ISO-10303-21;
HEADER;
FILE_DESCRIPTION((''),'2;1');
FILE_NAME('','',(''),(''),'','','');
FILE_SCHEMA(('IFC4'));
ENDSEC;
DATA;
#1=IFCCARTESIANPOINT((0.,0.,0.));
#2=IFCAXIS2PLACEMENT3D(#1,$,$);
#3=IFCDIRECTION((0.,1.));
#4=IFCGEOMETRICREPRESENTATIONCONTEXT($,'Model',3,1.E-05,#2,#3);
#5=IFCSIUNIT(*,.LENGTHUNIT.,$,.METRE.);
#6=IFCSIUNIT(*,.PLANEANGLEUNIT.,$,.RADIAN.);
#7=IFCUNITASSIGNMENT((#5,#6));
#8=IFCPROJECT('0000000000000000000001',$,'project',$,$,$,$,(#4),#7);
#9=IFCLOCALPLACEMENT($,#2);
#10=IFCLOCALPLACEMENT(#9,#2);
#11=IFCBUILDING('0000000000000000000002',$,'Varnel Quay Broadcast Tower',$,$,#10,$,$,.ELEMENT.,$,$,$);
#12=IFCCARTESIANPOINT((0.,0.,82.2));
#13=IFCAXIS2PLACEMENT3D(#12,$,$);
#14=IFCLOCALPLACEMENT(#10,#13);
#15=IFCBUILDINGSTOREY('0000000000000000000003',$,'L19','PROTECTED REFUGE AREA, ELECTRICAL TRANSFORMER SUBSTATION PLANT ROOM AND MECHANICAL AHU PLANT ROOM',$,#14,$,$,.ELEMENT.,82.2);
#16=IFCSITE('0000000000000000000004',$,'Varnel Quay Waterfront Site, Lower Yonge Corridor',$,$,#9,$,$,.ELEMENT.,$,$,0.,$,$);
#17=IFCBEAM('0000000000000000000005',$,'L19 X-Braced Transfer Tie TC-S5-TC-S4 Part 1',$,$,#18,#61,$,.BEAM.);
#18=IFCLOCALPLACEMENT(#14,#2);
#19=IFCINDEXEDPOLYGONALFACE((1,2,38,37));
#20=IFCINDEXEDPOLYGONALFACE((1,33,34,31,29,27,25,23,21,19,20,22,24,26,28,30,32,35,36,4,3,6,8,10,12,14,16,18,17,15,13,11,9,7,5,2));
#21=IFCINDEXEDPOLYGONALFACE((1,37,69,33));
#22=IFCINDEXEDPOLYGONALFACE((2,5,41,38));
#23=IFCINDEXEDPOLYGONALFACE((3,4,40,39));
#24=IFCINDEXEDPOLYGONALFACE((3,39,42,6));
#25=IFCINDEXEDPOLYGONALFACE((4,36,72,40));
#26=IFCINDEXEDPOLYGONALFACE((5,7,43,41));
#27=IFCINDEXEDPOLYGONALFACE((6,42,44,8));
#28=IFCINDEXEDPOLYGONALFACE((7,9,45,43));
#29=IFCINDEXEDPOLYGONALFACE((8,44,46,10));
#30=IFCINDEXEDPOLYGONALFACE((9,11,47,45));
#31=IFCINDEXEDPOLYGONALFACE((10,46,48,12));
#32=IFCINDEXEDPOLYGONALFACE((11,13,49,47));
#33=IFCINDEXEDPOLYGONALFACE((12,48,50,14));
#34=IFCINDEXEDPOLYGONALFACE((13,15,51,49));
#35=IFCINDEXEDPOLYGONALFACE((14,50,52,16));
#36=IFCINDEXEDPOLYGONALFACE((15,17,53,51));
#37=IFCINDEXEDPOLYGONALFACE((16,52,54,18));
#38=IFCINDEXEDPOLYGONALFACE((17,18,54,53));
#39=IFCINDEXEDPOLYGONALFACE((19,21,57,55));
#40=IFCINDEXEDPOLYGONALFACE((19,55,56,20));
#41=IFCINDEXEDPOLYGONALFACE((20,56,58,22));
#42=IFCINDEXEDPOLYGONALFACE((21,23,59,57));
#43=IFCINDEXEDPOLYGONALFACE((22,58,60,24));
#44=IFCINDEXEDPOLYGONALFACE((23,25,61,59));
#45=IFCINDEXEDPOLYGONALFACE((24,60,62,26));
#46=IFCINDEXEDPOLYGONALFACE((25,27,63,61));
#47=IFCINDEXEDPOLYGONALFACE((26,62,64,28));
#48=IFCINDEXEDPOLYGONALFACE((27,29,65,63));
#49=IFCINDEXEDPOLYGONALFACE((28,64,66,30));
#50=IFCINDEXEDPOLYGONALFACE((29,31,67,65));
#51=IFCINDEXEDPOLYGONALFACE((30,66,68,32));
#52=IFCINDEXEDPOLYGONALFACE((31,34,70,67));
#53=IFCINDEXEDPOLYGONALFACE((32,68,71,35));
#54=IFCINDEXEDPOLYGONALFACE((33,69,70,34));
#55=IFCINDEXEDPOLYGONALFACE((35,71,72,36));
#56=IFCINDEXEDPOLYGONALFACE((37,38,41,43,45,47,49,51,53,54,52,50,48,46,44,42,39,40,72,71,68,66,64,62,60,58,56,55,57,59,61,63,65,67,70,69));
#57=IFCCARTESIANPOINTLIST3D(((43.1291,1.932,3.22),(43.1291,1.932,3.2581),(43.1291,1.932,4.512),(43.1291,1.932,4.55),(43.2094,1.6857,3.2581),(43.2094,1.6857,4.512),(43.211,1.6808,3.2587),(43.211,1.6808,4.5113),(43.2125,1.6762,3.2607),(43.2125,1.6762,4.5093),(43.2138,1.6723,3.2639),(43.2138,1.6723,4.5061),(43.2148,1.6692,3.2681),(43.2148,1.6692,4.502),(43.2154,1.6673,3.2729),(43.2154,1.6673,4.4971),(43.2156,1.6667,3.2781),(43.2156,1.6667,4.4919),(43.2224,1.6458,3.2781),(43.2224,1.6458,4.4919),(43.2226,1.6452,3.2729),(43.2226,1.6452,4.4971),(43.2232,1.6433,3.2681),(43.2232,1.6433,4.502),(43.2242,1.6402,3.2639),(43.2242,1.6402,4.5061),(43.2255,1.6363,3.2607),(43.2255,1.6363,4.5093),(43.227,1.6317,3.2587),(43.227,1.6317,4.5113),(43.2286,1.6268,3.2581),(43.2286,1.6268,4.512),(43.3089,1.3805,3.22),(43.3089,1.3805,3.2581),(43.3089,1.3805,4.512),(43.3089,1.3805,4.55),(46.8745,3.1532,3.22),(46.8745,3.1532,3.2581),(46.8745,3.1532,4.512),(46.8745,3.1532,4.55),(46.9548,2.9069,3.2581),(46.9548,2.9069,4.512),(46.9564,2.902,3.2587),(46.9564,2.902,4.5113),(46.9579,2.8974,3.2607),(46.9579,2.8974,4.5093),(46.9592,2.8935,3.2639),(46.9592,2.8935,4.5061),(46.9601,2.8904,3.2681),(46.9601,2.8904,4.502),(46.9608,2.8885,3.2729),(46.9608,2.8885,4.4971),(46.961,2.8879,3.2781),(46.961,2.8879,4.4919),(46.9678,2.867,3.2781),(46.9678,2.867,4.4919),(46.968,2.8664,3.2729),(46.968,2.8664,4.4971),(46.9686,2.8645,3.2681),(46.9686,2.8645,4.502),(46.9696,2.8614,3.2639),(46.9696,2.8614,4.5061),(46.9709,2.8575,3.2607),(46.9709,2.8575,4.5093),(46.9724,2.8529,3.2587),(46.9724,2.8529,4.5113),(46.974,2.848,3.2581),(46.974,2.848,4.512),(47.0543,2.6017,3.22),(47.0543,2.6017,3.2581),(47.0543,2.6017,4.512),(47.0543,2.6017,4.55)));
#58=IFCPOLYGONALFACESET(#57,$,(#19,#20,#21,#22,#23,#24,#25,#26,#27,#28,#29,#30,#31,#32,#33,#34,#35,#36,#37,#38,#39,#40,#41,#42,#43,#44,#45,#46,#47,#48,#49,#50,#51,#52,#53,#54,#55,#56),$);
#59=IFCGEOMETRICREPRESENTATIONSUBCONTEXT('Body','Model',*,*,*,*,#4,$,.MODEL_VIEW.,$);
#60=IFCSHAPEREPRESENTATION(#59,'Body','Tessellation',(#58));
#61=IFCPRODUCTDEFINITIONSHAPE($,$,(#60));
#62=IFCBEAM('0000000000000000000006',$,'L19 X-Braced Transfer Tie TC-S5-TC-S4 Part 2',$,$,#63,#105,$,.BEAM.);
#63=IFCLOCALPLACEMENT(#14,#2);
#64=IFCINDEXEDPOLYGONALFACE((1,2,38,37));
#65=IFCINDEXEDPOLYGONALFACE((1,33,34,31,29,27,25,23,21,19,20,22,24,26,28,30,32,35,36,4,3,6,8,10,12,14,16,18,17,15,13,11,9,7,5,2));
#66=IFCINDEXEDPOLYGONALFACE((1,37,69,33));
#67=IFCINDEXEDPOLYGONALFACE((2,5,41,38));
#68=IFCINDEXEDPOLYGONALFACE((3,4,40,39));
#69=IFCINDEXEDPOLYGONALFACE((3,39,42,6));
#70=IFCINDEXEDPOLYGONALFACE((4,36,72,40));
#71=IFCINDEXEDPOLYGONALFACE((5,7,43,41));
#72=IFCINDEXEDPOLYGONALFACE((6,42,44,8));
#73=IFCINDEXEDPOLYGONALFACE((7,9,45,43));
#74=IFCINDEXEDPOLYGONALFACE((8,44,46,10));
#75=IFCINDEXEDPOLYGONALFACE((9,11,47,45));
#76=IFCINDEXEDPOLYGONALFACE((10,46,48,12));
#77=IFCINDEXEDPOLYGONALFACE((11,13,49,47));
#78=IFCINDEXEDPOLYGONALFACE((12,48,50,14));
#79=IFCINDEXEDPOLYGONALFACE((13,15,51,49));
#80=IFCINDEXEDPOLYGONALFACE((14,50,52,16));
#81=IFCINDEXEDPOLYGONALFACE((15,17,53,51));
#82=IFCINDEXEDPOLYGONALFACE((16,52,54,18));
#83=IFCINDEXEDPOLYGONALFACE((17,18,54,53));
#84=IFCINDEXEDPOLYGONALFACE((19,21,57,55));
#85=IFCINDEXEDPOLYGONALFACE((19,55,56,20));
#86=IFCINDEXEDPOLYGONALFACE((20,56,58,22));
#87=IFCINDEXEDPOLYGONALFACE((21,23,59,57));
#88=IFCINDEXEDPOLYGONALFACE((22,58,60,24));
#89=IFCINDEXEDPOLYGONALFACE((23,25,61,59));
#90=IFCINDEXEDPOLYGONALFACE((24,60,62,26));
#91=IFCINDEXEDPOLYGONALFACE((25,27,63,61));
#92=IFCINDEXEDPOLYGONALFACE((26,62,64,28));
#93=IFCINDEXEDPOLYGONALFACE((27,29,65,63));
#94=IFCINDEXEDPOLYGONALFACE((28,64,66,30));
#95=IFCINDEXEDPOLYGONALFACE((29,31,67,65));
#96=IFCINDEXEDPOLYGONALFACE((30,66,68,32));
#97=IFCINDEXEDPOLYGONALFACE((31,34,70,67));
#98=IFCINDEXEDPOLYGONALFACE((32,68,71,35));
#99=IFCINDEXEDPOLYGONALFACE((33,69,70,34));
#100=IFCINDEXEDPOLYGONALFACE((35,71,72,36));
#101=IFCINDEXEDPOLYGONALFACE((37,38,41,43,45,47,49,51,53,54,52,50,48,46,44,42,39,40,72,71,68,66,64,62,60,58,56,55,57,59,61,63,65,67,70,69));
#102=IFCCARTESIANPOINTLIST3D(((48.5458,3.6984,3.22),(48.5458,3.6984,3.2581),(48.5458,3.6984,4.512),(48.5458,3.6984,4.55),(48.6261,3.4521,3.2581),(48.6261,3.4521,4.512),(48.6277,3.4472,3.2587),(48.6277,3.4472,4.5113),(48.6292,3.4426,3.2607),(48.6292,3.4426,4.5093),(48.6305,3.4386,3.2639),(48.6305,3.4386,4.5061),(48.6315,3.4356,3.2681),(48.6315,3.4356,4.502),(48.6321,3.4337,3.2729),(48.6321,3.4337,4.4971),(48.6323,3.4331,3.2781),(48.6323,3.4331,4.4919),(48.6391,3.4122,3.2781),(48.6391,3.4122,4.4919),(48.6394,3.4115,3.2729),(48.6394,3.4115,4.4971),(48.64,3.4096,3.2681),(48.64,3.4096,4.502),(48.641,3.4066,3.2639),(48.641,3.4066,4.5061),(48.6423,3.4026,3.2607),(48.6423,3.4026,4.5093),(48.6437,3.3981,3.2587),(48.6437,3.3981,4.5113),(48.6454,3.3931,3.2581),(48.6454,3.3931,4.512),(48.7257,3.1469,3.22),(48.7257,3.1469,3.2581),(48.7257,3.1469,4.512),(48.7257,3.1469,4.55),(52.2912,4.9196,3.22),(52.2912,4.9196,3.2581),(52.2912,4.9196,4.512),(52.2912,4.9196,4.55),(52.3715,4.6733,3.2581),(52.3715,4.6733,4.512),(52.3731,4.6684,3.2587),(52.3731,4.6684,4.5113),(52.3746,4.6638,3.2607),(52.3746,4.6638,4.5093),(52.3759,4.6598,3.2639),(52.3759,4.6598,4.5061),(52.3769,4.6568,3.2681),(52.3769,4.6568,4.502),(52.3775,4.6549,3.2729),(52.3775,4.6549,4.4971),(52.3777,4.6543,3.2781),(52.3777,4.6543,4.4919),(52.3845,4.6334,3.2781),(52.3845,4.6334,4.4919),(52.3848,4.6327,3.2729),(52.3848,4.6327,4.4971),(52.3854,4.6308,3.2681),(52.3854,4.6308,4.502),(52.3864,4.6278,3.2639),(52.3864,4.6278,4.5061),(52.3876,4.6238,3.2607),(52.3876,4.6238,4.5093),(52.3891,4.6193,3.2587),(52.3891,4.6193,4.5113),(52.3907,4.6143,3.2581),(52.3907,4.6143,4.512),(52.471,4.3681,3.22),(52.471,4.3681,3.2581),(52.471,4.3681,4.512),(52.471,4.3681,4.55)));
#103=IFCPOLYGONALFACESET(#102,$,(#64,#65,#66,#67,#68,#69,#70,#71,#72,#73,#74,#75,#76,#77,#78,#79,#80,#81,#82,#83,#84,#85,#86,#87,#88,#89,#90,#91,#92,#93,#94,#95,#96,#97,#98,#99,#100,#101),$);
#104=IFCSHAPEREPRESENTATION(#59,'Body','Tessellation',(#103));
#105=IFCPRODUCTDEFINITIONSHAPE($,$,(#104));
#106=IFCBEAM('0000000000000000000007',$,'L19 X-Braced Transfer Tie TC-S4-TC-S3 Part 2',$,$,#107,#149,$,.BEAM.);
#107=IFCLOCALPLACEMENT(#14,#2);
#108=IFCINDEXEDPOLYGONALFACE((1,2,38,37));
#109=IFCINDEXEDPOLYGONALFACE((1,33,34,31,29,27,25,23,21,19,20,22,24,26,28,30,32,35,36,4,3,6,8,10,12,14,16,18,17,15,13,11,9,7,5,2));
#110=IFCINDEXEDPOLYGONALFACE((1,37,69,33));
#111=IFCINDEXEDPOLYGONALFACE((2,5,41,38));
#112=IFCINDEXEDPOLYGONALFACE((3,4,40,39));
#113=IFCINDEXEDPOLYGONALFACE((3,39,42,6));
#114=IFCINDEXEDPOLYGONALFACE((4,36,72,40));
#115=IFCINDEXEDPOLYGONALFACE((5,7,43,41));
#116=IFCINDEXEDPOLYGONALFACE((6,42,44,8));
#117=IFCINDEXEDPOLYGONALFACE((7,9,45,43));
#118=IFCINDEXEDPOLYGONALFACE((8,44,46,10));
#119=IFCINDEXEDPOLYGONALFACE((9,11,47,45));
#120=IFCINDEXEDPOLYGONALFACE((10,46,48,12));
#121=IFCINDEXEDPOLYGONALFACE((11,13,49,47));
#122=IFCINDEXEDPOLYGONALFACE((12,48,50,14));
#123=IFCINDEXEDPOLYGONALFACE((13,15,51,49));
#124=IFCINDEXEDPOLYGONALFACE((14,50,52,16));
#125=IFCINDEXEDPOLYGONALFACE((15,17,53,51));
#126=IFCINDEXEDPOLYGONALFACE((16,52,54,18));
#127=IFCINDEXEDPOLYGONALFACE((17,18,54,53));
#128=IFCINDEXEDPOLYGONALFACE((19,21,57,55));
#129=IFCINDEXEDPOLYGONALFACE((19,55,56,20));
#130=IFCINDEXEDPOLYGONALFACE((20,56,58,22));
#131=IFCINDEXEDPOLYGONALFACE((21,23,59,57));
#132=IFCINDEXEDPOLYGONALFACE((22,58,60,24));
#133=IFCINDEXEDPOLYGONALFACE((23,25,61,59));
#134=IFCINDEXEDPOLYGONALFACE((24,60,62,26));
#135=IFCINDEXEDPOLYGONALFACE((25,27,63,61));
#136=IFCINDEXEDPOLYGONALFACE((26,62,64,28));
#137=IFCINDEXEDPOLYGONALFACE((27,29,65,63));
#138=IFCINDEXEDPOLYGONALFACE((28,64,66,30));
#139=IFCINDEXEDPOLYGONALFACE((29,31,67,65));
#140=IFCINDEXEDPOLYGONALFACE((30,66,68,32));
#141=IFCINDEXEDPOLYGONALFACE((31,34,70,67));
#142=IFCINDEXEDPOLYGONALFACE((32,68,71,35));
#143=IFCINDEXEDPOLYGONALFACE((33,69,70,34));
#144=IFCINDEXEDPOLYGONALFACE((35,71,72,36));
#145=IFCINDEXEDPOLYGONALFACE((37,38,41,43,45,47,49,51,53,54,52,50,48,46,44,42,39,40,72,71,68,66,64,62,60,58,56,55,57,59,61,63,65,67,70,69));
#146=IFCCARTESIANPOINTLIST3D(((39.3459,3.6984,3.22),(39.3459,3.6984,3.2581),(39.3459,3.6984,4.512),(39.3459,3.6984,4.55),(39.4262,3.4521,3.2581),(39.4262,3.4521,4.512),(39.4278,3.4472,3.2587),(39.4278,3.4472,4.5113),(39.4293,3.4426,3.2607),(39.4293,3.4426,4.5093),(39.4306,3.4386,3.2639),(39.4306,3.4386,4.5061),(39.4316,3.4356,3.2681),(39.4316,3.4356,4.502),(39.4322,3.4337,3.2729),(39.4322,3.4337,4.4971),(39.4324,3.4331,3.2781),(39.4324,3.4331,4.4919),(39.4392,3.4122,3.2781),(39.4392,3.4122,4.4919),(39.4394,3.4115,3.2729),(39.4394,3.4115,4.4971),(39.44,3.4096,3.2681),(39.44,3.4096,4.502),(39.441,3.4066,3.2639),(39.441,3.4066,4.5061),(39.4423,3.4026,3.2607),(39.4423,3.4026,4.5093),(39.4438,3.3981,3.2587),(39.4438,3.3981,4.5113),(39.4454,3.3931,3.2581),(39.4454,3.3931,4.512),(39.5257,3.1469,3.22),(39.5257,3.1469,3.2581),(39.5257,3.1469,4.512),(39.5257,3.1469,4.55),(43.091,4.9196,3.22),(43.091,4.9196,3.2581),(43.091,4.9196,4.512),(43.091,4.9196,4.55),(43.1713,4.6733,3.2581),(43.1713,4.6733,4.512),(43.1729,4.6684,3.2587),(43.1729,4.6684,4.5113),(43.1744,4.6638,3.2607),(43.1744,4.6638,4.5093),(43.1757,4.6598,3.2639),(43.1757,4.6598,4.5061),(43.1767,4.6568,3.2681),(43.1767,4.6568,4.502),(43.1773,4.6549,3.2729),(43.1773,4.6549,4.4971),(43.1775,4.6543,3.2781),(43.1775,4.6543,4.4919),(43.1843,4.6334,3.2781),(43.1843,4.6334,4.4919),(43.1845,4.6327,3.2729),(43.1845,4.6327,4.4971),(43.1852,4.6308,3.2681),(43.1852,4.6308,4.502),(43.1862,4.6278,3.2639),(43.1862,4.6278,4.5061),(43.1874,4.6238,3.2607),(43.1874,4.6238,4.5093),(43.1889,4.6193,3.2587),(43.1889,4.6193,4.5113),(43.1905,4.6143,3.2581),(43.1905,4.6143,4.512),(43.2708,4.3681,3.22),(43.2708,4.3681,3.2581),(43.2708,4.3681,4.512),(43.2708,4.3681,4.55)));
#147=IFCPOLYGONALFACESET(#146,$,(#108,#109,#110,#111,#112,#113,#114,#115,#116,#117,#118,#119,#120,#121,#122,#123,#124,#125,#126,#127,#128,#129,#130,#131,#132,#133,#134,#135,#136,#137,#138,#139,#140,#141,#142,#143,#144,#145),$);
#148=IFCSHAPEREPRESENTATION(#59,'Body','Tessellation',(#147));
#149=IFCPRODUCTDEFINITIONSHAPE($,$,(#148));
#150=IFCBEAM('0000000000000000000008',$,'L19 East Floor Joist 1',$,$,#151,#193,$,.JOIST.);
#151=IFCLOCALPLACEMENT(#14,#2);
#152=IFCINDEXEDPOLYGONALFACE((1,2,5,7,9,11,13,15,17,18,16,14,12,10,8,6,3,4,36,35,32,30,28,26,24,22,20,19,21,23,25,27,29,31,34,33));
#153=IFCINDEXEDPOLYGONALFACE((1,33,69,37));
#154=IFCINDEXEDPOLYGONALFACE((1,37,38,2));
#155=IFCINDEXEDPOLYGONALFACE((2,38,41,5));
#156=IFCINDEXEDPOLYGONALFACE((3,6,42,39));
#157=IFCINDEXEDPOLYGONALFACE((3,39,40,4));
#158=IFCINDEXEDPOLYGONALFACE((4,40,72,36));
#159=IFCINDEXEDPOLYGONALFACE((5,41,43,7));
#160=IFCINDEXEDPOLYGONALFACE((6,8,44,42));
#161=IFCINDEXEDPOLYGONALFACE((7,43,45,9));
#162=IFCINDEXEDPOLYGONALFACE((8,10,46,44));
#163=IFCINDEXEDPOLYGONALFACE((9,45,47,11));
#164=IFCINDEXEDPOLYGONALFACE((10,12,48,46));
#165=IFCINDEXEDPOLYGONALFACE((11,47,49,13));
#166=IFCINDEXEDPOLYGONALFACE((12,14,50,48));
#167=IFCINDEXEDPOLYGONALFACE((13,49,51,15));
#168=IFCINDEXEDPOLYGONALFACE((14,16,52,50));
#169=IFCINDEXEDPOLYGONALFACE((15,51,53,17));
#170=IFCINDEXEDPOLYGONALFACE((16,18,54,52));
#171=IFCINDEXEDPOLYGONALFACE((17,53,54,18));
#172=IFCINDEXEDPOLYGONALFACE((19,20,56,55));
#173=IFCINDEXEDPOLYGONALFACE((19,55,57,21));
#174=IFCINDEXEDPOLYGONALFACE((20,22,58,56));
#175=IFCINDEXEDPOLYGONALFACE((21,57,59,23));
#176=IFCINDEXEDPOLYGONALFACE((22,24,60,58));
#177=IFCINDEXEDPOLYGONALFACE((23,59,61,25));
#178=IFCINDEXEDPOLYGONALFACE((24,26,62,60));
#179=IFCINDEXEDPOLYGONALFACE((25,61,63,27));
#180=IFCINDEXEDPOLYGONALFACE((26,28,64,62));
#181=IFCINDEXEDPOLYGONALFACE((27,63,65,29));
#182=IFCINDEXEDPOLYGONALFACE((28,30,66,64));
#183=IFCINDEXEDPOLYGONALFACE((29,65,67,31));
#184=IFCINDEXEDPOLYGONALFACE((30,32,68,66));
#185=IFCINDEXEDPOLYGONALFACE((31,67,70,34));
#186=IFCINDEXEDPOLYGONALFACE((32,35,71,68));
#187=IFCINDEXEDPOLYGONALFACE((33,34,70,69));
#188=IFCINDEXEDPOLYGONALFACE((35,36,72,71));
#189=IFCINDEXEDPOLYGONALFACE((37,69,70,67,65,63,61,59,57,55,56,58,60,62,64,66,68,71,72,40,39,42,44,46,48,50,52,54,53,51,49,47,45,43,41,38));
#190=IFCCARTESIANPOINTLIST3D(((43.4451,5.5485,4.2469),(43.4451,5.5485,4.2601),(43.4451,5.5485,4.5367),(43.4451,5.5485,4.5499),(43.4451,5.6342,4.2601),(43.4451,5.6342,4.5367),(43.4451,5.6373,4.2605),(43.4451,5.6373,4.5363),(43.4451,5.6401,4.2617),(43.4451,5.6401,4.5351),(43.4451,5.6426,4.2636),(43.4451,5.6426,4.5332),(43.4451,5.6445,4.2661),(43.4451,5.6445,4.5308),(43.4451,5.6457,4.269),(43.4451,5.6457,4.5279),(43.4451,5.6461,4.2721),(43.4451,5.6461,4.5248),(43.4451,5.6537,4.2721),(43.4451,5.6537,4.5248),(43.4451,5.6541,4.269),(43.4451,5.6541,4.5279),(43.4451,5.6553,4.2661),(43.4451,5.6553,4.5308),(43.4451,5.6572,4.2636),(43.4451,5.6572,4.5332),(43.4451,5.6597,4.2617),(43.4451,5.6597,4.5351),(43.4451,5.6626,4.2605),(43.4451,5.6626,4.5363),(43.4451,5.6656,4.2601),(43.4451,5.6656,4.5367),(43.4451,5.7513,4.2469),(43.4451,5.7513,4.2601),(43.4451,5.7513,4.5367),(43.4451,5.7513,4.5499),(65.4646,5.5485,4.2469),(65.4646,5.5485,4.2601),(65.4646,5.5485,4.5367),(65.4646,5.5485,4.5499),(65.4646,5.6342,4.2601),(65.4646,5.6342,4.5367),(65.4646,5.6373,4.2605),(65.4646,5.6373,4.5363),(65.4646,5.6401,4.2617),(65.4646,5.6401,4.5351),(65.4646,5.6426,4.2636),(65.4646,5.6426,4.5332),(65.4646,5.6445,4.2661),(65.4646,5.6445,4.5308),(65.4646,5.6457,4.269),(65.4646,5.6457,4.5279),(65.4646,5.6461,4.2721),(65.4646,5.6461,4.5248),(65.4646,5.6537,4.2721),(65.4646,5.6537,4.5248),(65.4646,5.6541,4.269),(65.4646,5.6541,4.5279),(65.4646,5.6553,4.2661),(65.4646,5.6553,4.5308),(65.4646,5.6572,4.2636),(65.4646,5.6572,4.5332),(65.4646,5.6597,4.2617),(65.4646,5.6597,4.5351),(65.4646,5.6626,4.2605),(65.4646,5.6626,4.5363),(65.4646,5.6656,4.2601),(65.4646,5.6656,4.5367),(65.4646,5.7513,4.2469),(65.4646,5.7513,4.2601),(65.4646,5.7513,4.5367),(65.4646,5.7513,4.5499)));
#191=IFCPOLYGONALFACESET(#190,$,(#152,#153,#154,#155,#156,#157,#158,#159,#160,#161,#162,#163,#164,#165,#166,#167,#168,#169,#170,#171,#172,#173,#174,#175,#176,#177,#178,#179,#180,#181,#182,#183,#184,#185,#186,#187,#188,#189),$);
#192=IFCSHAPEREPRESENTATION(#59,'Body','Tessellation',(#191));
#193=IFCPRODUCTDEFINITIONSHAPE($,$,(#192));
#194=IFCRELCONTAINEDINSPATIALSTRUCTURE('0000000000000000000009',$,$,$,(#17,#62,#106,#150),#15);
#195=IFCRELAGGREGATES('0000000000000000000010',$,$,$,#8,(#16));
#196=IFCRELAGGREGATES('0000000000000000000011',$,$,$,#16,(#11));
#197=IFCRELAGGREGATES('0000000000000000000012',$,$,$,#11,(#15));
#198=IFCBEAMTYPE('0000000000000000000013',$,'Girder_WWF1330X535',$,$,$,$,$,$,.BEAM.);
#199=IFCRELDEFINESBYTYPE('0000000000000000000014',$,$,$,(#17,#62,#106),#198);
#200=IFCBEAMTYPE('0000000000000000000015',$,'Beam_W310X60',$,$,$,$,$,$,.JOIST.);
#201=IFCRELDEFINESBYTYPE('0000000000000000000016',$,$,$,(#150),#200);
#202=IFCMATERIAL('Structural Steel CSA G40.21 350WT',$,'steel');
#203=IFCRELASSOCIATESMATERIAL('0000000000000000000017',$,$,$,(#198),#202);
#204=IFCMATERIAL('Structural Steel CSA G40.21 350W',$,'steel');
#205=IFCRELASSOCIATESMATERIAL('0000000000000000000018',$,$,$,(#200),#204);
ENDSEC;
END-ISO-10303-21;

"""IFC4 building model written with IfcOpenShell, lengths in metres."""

from ifc_helpers import new_model, si_unit, direction, frame, origin, origin_2d, place, context, subcontext, project, spatial, i_section, extrude, source, transform, mapped, material, material_profile, profile_set, type_object, type_shapes, element, save


model = new_model("IFC4")

# Units and contexts
model_context = context("Model", 3, precision=1e-05, world=origin(), true_north=direction((0.0, 1.0)))
body_context = subcontext(model_context, "Body", "Model", "MODEL_VIEW")
ifc_project = project(units=[si_unit("LENGTHUNIT", "METRE"), si_unit("PLANEANGLEUNIT", "RADIAN")], contexts=[model_context])

# Site, building, storey
site_placement = place(None, origin())
site = spatial("IfcSite", under=ifc_project, at=site_placement, Name="Varnel Quay Waterfront Site, Lower Yonge Corridor", CompositionType="ELEMENT", RefElevation=0.0)
building_placement = place(site_placement, origin())
building = spatial("IfcBuilding", under=site, at=building_placement, Name="Varnel Quay Broadcast Tower", CompositionType="ELEMENT")
storey_placement = place(building_placement, frame((0.0, 0.0, 82.2)))
storey = spatial("IfcBuildingStorey", under=building, at=storey_placement, Name="L19", Description="PROTECTED REFUGE AREA, ELECTRICAL TRANSFORMER SUBSTATION PLANT ROOM AND MECHANICAL AHU PLANT ROOM", CompositionType="ELEMENT", Elevation=82.2)

# Beams
ifc_material_1 = material(Name="Structural Steel CSA G40.21 350WT", Category="steel")
ifc_material_profile_1 = material_profile(ifc_material_1, i_section(OverallWidth=0.5801, OverallDepth=1.3301, WebThickness=0.022, FlangeThickness=0.0381, FilletRadius=0.02, at=origin_2d()), Name="WWF1330X535")
ifc_profile_set_1 = profile_set([ifc_material_profile_1], Name="Structural Steel CSA G40.21 350WT")
beam_type_1 = type_object("IfcBeamType", Name="Girder_WWF1330X535", PredefinedType="BEAM", material=ifc_profile_set_1)
shared_shape_1 = source(origin(), body_context, "Body", "SweptSolid", [
    extrude(i_section(OverallWidth=0.5801, OverallDepth=1.3301, WebThickness=0.022, FlangeThickness=0.0381, FilletRadius=0.02, at=origin_2d()), origin(), (0.0, 0.0, 1.0), 3.9395),
])
for number, where, z_axis, x_axis, name in (
    (1, (43.219, 1.6562, 3.885), (0.950739, 0.309993, 0.0), (-0.309993, 0.950739, 0.0), "L19 X-Braced Transfer Tie TC-S5-TC-S4 Part 1"),
    (2, (48.6357, 3.4226, 3.885), (0.950739, 0.309993, 0.0), (-0.309993, 0.950739, 0.0), "L19 X-Braced Transfer Tie TC-S5-TC-S4 Part 2"),
):
    element("IfcBeam", number, at=place(storey_placement, frame(where, z_axis=z_axis, x_axis=x_axis)), inside=storey, type_object=beam_type_1, Name=name, PredefinedType="BEAM", context=body_context, shape_type="MappedRepresentation", body=[
        mapped(shared_shape_1, transform((0.0, 0.0, 0.0), x_axis=(1.0, 0.0, 0.0), y_axis=(0.0, 1.0, 0.0), z_axis=(0.0, 0.0, 1.0), scale=1.0)),
    ])
shared_shape_2 = source(origin(), body_context, "Body", "SweptSolid", [
    extrude(i_section(OverallWidth=0.5801, OverallDepth=1.3301, WebThickness=0.022, FlangeThickness=0.0381, FilletRadius=0.02, at=origin_2d()), origin(), (0.0, 0.0, 1.0), 3.9392),
])
beam_1_placement = place(storey_placement, frame((39.4358, 3.4226, 3.885), z_axis=(0.950733, 0.310011, 0.0), x_axis=(-0.310011, 0.950733, 0.0)))
element("IfcBeam", 3, at=beam_1_placement, inside=storey, type_object=beam_type_1, Name="L19 X-Braced Transfer Tie TC-S4-TC-S3 Part 2", PredefinedType="BEAM", context=body_context, shape_type="MappedRepresentation", body=[
    mapped(shared_shape_2, transform((0.0, 0.0, 0.0), x_axis=(1.0, 0.0, 0.0), y_axis=(0.0, 1.0, 0.0), z_axis=(0.0, 0.0, 1.0), scale=1.0)),
])
ifc_material_2 = material(Name="Structural Steel CSA G40.21 350W", Category="steel")
ifc_material_profile_2 = material_profile(ifc_material_2, i_section(OverallWidth=0.2029, OverallDepth=0.303, WebThickness=0.0076, FlangeThickness=0.0132, FilletRadius=0.012, at=origin_2d()), Name="W310X60")
ifc_profile_set_2 = profile_set([ifc_material_profile_2], Name="Structural Steel CSA G40.21 350W")
beam_type_2 = type_object("IfcBeamType", Name="Beam_W310X60", PredefinedType="JOIST", material=ifc_profile_set_2)
shared_shape_3 = source(origin(), body_context, "Body", "SweptSolid", [
    extrude(i_section(OverallWidth=0.2029, OverallDepth=0.303, WebThickness=0.0076, FlangeThickness=0.0132, FilletRadius=0.012, at=origin_2d()), origin(), (0.0, 0.0, 1.0), 22.0195),
])
type_shapes(beam_type_2, [shared_shape_3])
for number, where, z_axis, x_axis, name in (
    (4, (43.4451, 5.6499, 4.3984), (1.0, 0.0, 0.0), (0.0, 1.0, 0.0), "L19 East Floor Joist 1"),
):
    element("IfcBeam", number, at=place(storey_placement, frame(where, z_axis=z_axis, x_axis=x_axis)), inside=storey, type_object=beam_type_2, Name=name, PredefinedType="JOIST", context=body_context, shape_type="MappedRepresentation", body=[
        mapped(shared_shape_3, transform((0.0, 0.0, 0.0), x_axis=(1.0, 0.0, 0.0), y_axis=(0.0, 1.0, 0.0), z_axis=(0.0, 0.0, 1.0), scale=1.0)),
    ])

save(model, "model.ifc")
